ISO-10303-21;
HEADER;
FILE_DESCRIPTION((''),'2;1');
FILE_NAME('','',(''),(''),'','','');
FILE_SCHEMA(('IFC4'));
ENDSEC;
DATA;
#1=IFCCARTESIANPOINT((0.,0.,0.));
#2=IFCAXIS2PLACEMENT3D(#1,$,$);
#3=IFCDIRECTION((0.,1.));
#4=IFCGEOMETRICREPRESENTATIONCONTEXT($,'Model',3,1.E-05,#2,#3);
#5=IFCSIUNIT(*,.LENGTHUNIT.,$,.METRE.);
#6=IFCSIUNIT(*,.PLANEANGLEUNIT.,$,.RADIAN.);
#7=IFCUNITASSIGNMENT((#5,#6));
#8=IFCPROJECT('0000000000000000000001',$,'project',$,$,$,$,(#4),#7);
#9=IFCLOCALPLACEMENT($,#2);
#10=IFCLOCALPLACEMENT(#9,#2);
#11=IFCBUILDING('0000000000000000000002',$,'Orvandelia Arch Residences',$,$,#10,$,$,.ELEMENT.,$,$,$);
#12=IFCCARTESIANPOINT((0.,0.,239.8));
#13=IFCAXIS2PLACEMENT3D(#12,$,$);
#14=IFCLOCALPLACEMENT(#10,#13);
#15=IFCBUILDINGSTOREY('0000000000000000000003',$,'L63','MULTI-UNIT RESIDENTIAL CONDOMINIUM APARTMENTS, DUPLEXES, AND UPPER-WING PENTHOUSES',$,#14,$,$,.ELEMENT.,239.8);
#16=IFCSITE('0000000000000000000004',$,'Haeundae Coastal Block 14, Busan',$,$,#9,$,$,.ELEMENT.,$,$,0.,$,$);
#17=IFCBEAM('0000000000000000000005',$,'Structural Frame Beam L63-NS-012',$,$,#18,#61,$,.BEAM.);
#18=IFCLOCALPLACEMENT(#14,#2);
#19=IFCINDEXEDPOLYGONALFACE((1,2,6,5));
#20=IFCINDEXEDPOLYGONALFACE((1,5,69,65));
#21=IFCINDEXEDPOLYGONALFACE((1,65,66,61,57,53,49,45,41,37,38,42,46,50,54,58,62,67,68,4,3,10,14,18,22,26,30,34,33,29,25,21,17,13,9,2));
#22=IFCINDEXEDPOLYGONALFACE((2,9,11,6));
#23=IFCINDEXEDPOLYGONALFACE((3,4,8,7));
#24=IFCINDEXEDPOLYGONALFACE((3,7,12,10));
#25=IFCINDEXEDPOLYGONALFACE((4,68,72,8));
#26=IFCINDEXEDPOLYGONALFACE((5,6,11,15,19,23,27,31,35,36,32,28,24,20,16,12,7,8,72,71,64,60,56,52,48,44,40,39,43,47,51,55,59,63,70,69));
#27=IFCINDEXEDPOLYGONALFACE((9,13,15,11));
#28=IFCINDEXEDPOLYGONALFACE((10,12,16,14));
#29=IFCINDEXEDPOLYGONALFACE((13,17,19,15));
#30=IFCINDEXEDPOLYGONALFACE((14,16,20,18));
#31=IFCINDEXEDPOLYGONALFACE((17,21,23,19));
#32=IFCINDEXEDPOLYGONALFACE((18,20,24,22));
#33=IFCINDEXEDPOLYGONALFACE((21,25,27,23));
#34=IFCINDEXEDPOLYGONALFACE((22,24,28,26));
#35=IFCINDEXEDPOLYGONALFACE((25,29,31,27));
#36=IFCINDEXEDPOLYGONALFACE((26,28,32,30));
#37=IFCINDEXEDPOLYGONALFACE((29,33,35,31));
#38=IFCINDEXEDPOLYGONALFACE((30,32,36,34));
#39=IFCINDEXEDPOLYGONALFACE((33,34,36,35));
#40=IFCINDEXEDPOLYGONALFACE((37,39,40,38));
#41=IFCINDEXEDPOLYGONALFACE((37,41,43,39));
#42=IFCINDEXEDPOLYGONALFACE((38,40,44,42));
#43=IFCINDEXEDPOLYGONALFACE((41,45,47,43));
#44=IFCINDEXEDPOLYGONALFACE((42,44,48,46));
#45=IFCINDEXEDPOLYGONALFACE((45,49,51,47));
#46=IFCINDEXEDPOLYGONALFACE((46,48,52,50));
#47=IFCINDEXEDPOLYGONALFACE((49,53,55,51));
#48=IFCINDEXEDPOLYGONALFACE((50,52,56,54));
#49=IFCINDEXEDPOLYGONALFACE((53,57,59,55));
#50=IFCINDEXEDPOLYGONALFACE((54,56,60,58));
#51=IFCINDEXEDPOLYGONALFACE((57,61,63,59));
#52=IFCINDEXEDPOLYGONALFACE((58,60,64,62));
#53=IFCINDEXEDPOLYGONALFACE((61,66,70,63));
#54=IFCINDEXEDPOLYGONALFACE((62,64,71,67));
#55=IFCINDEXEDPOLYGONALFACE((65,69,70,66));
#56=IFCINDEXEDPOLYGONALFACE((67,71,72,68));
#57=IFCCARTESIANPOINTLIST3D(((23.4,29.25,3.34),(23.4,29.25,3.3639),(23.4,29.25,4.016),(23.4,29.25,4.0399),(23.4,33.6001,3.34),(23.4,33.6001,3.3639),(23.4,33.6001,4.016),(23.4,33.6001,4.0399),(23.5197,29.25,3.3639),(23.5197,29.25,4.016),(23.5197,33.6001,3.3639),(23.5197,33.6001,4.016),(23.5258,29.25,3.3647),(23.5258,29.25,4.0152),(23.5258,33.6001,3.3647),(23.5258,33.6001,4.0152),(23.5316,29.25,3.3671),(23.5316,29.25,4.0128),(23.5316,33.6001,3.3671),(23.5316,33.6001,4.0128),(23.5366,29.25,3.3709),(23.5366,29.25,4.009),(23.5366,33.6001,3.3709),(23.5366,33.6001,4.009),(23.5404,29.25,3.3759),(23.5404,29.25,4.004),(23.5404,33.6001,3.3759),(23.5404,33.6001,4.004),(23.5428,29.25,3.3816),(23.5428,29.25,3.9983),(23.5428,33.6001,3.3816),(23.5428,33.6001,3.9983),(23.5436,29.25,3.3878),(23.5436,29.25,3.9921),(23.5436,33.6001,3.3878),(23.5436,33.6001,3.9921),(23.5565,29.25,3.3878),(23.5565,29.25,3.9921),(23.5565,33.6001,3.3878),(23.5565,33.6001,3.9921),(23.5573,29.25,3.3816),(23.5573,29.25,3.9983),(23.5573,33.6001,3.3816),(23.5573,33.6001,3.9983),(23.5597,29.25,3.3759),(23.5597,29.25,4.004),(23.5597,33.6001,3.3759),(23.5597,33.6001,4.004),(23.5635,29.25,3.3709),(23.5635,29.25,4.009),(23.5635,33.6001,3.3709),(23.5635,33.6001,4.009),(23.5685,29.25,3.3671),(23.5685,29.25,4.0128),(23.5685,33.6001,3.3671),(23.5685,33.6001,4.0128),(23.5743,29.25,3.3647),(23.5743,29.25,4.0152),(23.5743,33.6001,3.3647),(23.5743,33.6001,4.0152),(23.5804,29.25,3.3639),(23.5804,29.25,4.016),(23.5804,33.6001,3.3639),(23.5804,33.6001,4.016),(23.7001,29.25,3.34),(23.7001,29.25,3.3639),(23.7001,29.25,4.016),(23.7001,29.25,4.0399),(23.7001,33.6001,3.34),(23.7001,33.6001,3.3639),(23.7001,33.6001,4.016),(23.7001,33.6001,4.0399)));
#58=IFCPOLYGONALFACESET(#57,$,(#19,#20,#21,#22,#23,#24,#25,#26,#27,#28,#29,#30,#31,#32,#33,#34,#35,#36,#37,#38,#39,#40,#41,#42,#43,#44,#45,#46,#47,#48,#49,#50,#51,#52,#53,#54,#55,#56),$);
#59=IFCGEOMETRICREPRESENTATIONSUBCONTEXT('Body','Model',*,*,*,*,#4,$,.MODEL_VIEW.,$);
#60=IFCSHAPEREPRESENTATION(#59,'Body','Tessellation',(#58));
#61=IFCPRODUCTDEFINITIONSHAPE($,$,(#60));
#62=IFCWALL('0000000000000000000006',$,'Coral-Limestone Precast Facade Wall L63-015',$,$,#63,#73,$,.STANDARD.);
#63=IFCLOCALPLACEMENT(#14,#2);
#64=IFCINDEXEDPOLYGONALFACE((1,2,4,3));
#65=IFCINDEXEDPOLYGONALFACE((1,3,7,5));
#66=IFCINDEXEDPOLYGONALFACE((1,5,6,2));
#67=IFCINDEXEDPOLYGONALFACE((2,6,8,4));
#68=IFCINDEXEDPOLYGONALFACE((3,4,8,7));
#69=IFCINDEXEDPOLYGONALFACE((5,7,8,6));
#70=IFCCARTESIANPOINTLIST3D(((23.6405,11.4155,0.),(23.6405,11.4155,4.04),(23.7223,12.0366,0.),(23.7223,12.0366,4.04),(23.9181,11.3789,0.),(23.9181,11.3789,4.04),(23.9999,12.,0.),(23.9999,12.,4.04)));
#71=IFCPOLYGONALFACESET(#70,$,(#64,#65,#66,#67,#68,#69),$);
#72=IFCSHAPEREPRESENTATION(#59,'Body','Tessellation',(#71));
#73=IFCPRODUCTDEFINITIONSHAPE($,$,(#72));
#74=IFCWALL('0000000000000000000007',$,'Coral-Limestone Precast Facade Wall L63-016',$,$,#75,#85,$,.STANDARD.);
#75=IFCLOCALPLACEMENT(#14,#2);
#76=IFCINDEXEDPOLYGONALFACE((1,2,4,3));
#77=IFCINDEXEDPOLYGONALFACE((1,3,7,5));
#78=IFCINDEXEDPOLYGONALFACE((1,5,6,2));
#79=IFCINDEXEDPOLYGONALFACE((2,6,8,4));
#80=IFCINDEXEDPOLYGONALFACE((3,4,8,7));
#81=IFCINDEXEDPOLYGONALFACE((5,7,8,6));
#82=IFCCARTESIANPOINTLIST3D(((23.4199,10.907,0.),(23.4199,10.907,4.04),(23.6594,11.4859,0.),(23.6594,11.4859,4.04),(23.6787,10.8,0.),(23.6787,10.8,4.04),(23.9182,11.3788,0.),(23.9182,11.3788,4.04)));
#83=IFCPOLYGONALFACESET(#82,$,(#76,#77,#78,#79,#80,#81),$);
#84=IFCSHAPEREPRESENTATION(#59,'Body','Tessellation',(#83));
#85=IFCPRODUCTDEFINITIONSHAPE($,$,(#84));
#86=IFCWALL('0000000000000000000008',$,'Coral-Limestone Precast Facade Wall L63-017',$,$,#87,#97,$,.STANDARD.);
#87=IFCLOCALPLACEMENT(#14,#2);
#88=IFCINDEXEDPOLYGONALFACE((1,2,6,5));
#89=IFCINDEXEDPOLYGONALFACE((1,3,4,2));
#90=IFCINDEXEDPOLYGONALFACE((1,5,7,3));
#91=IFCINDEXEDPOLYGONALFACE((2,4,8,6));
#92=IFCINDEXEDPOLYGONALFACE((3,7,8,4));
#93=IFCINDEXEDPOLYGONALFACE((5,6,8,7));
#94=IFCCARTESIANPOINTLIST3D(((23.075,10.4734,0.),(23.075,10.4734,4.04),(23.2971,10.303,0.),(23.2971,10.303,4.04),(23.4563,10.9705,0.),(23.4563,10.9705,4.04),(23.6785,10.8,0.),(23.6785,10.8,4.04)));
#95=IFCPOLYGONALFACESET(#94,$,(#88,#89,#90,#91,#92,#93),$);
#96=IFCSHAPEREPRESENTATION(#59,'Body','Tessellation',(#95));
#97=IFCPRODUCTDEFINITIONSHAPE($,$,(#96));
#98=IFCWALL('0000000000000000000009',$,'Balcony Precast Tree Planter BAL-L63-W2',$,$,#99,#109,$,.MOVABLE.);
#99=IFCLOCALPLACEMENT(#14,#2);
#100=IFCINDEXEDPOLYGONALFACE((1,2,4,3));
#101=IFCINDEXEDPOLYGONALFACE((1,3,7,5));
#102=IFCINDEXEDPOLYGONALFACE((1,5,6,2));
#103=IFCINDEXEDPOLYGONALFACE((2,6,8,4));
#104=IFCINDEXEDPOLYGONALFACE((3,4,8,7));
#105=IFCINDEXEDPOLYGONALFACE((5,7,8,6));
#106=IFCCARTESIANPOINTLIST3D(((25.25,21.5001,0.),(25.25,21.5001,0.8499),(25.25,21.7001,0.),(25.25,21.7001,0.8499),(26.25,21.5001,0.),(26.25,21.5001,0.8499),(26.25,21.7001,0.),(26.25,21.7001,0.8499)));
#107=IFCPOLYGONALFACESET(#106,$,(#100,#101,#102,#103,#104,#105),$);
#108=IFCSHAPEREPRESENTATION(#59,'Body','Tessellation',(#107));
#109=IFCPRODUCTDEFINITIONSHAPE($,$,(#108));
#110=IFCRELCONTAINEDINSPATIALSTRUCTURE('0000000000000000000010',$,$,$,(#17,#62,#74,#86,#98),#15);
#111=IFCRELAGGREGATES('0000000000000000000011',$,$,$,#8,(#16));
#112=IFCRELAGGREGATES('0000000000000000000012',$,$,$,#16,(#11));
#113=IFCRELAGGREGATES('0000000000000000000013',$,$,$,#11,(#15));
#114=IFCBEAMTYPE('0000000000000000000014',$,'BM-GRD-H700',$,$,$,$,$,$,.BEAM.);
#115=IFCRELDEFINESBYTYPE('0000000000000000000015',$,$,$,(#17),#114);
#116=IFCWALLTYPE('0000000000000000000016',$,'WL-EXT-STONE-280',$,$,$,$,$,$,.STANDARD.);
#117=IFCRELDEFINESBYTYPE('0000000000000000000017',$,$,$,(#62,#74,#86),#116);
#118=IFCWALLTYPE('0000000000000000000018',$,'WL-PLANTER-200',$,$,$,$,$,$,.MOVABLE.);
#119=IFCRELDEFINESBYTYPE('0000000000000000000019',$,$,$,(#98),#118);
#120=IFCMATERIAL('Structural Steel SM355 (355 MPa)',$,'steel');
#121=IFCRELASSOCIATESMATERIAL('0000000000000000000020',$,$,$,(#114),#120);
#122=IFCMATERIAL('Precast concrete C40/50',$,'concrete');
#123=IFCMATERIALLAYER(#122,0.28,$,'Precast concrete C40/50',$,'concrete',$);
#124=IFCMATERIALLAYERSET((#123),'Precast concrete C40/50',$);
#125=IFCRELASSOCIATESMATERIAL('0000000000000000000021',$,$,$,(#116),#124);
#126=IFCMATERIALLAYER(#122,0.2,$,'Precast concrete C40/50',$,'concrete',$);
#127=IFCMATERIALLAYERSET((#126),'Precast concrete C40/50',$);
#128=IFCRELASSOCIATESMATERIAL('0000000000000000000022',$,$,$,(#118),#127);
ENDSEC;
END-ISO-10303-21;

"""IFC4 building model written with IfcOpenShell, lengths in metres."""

from ifc_helpers import new_model, si_unit, direction, frame, frame_2d, origin, origin_2d, place, context, subcontext, project, spatial, rectangle, i_section, extrude, material, layer, layer_set, material_profile, profile_set, type_object, element, save


model = new_model("IFC4")

# Units and contexts
model_context = context("Model", 3, precision=1e-05, world=origin(), true_north=direction((0.0, 1.0)))
body_context = subcontext(model_context, "Body", "Model", "MODEL_VIEW")
ifc_project = project(units=[si_unit("LENGTHUNIT", "METRE"), si_unit("PLANEANGLEUNIT", "RADIAN")], contexts=[model_context])

# Site, building, storey
site_placement = place(None, origin())
site = spatial("IfcSite", under=ifc_project, at=site_placement, Name="Haeundae Coastal Block 14, Busan", CompositionType="ELEMENT", RefElevation=0.0)
building_placement = place(site_placement, origin())
building = spatial("IfcBuilding", under=site, at=building_placement, Name="Orvandelia Arch Residences", CompositionType="ELEMENT")
storey_placement = place(building_placement, frame((0.0, 0.0, 239.8)))
storey = spatial("IfcBuildingStorey", under=building, at=storey_placement, Name="L63", Description="MULTI-UNIT RESIDENTIAL CONDOMINIUM APARTMENTS, DUPLEXES, AND UPPER-WING PENTHOUSES", CompositionType="ELEMENT", Elevation=239.8)

# Beam
ifc_material_1 = material(Name="Structural Steel SM355 (355 MPa)", Category="steel")
ifc_material_profile_1 = material_profile(ifc_material_1, i_section(OverallWidth=0.3, OverallDepth=0.7, WebThickness=0.0129, FlangeThickness=0.0239, FilletRadius=0.0239, at=origin_2d()), Name="Structural Steel SM355 (355 MPa)", Category="steel")
ifc_profile_set_1 = profile_set([ifc_material_profile_1], Name="Structural Steel SM355 (355 MPa)")
beam_type = type_object("IfcBeamType", Name="BM-GRD-H700", PredefinedType="BEAM", material=ifc_profile_set_1)
beam_1_placement = place(storey_placement, frame((23.55, 29.25, 3.6899), z_axis=(0.0, 1.0, 0.0), x_axis=(-1.0, 0.0, 0.0)))
element("IfcBeam", 1, at=beam_1_placement, inside=storey, type_object=beam_type, Name="Structural Frame Beam L63-NS-012", PredefinedType="BEAM", context=body_context, shape_type="SweptSolid", body=[
    extrude(i_section(OverallWidth=0.3, OverallDepth=0.7, WebThickness=0.0129, FlangeThickness=0.0239, FilletRadius=0.0239, at=origin_2d()), origin(), (0.0, 0.0, 1.0), 4.3501),
])

# Walls
ifc_material_2 = material(Name="Precast concrete C40/50", Category="concrete")
ifc_layer_1 = layer(ifc_material_2, 0.28, Name="Precast concrete C40/50", Category="concrete")
ifc_layer_set_1 = layer_set([ifc_layer_1], Name="Precast concrete C40/50")
wall_type_1 = type_object("IfcWallType", Name="WL-EXT-STONE-280", PredefinedType="STANDARD", material=ifc_layer_set_1)
for number, where, z_axis, x_axis, name in (
    (2, (23.8611, 12.0183, 0.0), (0.0, 0.0, 1.0), (-0.130555, -0.991441, 0.0), "Coral-Limestone Precast Facade Wall L63-015"),
    (3, (23.7888, 11.4324, 0.0), (0.0, 0.0, 1.0), (-0.382317, -0.924031, 0.0), "Coral-Limestone Precast Facade Wall L63-016"),
    (4, (23.5674, 10.8853, 0.0), (0.0, 0.0, 1.0), (-0.608693, -0.793406, 0.0), "Coral-Limestone Precast Facade Wall L63-017"),
):
    element("IfcWall", number, at=place(storey_placement, frame(where, z_axis=z_axis, x_axis=x_axis)), inside=storey, type_object=wall_type_1, Name=name, PredefinedType="STANDARD", context=body_context, shape_type="SweptSolid", body=[
        extrude(rectangle(XDim=0.6265, YDim=0.28, at=frame_2d((0.3132, 0.0))), origin(), (0.0, 0.0, 1.0), 4.04),
    ])
ifc_layer_2 = layer(ifc_material_2, 0.2, Name="Precast concrete C40/50", Category="concrete")
ifc_layer_set_2 = layer_set([ifc_layer_2], Name="Precast concrete C40/50")
wall_type_2 = type_object("IfcWallType", Name="WL-PLANTER-200", PredefinedType="MOVABLE", material=ifc_layer_set_2)
wall_placement = place(storey_placement, frame((25.25, 21.6001, 0.0), z_axis=(0.0, 0.0, 1.0), x_axis=(1.0, 0.0, 0.0)))
element("IfcWall", 5, at=wall_placement, inside=storey, type_object=wall_type_2, Name="Balcony Precast Tree Planter BAL-L63-W2", PredefinedType="MOVABLE", context=body_context, shape_type="SweptSolid", body=[
    extrude(rectangle(XDim=1.0, YDim=0.2, at=frame_2d((0.5, 0.0))), origin(), (0.0, 0.0, 1.0), 0.8499),
])

save(model, "model.ifc")
